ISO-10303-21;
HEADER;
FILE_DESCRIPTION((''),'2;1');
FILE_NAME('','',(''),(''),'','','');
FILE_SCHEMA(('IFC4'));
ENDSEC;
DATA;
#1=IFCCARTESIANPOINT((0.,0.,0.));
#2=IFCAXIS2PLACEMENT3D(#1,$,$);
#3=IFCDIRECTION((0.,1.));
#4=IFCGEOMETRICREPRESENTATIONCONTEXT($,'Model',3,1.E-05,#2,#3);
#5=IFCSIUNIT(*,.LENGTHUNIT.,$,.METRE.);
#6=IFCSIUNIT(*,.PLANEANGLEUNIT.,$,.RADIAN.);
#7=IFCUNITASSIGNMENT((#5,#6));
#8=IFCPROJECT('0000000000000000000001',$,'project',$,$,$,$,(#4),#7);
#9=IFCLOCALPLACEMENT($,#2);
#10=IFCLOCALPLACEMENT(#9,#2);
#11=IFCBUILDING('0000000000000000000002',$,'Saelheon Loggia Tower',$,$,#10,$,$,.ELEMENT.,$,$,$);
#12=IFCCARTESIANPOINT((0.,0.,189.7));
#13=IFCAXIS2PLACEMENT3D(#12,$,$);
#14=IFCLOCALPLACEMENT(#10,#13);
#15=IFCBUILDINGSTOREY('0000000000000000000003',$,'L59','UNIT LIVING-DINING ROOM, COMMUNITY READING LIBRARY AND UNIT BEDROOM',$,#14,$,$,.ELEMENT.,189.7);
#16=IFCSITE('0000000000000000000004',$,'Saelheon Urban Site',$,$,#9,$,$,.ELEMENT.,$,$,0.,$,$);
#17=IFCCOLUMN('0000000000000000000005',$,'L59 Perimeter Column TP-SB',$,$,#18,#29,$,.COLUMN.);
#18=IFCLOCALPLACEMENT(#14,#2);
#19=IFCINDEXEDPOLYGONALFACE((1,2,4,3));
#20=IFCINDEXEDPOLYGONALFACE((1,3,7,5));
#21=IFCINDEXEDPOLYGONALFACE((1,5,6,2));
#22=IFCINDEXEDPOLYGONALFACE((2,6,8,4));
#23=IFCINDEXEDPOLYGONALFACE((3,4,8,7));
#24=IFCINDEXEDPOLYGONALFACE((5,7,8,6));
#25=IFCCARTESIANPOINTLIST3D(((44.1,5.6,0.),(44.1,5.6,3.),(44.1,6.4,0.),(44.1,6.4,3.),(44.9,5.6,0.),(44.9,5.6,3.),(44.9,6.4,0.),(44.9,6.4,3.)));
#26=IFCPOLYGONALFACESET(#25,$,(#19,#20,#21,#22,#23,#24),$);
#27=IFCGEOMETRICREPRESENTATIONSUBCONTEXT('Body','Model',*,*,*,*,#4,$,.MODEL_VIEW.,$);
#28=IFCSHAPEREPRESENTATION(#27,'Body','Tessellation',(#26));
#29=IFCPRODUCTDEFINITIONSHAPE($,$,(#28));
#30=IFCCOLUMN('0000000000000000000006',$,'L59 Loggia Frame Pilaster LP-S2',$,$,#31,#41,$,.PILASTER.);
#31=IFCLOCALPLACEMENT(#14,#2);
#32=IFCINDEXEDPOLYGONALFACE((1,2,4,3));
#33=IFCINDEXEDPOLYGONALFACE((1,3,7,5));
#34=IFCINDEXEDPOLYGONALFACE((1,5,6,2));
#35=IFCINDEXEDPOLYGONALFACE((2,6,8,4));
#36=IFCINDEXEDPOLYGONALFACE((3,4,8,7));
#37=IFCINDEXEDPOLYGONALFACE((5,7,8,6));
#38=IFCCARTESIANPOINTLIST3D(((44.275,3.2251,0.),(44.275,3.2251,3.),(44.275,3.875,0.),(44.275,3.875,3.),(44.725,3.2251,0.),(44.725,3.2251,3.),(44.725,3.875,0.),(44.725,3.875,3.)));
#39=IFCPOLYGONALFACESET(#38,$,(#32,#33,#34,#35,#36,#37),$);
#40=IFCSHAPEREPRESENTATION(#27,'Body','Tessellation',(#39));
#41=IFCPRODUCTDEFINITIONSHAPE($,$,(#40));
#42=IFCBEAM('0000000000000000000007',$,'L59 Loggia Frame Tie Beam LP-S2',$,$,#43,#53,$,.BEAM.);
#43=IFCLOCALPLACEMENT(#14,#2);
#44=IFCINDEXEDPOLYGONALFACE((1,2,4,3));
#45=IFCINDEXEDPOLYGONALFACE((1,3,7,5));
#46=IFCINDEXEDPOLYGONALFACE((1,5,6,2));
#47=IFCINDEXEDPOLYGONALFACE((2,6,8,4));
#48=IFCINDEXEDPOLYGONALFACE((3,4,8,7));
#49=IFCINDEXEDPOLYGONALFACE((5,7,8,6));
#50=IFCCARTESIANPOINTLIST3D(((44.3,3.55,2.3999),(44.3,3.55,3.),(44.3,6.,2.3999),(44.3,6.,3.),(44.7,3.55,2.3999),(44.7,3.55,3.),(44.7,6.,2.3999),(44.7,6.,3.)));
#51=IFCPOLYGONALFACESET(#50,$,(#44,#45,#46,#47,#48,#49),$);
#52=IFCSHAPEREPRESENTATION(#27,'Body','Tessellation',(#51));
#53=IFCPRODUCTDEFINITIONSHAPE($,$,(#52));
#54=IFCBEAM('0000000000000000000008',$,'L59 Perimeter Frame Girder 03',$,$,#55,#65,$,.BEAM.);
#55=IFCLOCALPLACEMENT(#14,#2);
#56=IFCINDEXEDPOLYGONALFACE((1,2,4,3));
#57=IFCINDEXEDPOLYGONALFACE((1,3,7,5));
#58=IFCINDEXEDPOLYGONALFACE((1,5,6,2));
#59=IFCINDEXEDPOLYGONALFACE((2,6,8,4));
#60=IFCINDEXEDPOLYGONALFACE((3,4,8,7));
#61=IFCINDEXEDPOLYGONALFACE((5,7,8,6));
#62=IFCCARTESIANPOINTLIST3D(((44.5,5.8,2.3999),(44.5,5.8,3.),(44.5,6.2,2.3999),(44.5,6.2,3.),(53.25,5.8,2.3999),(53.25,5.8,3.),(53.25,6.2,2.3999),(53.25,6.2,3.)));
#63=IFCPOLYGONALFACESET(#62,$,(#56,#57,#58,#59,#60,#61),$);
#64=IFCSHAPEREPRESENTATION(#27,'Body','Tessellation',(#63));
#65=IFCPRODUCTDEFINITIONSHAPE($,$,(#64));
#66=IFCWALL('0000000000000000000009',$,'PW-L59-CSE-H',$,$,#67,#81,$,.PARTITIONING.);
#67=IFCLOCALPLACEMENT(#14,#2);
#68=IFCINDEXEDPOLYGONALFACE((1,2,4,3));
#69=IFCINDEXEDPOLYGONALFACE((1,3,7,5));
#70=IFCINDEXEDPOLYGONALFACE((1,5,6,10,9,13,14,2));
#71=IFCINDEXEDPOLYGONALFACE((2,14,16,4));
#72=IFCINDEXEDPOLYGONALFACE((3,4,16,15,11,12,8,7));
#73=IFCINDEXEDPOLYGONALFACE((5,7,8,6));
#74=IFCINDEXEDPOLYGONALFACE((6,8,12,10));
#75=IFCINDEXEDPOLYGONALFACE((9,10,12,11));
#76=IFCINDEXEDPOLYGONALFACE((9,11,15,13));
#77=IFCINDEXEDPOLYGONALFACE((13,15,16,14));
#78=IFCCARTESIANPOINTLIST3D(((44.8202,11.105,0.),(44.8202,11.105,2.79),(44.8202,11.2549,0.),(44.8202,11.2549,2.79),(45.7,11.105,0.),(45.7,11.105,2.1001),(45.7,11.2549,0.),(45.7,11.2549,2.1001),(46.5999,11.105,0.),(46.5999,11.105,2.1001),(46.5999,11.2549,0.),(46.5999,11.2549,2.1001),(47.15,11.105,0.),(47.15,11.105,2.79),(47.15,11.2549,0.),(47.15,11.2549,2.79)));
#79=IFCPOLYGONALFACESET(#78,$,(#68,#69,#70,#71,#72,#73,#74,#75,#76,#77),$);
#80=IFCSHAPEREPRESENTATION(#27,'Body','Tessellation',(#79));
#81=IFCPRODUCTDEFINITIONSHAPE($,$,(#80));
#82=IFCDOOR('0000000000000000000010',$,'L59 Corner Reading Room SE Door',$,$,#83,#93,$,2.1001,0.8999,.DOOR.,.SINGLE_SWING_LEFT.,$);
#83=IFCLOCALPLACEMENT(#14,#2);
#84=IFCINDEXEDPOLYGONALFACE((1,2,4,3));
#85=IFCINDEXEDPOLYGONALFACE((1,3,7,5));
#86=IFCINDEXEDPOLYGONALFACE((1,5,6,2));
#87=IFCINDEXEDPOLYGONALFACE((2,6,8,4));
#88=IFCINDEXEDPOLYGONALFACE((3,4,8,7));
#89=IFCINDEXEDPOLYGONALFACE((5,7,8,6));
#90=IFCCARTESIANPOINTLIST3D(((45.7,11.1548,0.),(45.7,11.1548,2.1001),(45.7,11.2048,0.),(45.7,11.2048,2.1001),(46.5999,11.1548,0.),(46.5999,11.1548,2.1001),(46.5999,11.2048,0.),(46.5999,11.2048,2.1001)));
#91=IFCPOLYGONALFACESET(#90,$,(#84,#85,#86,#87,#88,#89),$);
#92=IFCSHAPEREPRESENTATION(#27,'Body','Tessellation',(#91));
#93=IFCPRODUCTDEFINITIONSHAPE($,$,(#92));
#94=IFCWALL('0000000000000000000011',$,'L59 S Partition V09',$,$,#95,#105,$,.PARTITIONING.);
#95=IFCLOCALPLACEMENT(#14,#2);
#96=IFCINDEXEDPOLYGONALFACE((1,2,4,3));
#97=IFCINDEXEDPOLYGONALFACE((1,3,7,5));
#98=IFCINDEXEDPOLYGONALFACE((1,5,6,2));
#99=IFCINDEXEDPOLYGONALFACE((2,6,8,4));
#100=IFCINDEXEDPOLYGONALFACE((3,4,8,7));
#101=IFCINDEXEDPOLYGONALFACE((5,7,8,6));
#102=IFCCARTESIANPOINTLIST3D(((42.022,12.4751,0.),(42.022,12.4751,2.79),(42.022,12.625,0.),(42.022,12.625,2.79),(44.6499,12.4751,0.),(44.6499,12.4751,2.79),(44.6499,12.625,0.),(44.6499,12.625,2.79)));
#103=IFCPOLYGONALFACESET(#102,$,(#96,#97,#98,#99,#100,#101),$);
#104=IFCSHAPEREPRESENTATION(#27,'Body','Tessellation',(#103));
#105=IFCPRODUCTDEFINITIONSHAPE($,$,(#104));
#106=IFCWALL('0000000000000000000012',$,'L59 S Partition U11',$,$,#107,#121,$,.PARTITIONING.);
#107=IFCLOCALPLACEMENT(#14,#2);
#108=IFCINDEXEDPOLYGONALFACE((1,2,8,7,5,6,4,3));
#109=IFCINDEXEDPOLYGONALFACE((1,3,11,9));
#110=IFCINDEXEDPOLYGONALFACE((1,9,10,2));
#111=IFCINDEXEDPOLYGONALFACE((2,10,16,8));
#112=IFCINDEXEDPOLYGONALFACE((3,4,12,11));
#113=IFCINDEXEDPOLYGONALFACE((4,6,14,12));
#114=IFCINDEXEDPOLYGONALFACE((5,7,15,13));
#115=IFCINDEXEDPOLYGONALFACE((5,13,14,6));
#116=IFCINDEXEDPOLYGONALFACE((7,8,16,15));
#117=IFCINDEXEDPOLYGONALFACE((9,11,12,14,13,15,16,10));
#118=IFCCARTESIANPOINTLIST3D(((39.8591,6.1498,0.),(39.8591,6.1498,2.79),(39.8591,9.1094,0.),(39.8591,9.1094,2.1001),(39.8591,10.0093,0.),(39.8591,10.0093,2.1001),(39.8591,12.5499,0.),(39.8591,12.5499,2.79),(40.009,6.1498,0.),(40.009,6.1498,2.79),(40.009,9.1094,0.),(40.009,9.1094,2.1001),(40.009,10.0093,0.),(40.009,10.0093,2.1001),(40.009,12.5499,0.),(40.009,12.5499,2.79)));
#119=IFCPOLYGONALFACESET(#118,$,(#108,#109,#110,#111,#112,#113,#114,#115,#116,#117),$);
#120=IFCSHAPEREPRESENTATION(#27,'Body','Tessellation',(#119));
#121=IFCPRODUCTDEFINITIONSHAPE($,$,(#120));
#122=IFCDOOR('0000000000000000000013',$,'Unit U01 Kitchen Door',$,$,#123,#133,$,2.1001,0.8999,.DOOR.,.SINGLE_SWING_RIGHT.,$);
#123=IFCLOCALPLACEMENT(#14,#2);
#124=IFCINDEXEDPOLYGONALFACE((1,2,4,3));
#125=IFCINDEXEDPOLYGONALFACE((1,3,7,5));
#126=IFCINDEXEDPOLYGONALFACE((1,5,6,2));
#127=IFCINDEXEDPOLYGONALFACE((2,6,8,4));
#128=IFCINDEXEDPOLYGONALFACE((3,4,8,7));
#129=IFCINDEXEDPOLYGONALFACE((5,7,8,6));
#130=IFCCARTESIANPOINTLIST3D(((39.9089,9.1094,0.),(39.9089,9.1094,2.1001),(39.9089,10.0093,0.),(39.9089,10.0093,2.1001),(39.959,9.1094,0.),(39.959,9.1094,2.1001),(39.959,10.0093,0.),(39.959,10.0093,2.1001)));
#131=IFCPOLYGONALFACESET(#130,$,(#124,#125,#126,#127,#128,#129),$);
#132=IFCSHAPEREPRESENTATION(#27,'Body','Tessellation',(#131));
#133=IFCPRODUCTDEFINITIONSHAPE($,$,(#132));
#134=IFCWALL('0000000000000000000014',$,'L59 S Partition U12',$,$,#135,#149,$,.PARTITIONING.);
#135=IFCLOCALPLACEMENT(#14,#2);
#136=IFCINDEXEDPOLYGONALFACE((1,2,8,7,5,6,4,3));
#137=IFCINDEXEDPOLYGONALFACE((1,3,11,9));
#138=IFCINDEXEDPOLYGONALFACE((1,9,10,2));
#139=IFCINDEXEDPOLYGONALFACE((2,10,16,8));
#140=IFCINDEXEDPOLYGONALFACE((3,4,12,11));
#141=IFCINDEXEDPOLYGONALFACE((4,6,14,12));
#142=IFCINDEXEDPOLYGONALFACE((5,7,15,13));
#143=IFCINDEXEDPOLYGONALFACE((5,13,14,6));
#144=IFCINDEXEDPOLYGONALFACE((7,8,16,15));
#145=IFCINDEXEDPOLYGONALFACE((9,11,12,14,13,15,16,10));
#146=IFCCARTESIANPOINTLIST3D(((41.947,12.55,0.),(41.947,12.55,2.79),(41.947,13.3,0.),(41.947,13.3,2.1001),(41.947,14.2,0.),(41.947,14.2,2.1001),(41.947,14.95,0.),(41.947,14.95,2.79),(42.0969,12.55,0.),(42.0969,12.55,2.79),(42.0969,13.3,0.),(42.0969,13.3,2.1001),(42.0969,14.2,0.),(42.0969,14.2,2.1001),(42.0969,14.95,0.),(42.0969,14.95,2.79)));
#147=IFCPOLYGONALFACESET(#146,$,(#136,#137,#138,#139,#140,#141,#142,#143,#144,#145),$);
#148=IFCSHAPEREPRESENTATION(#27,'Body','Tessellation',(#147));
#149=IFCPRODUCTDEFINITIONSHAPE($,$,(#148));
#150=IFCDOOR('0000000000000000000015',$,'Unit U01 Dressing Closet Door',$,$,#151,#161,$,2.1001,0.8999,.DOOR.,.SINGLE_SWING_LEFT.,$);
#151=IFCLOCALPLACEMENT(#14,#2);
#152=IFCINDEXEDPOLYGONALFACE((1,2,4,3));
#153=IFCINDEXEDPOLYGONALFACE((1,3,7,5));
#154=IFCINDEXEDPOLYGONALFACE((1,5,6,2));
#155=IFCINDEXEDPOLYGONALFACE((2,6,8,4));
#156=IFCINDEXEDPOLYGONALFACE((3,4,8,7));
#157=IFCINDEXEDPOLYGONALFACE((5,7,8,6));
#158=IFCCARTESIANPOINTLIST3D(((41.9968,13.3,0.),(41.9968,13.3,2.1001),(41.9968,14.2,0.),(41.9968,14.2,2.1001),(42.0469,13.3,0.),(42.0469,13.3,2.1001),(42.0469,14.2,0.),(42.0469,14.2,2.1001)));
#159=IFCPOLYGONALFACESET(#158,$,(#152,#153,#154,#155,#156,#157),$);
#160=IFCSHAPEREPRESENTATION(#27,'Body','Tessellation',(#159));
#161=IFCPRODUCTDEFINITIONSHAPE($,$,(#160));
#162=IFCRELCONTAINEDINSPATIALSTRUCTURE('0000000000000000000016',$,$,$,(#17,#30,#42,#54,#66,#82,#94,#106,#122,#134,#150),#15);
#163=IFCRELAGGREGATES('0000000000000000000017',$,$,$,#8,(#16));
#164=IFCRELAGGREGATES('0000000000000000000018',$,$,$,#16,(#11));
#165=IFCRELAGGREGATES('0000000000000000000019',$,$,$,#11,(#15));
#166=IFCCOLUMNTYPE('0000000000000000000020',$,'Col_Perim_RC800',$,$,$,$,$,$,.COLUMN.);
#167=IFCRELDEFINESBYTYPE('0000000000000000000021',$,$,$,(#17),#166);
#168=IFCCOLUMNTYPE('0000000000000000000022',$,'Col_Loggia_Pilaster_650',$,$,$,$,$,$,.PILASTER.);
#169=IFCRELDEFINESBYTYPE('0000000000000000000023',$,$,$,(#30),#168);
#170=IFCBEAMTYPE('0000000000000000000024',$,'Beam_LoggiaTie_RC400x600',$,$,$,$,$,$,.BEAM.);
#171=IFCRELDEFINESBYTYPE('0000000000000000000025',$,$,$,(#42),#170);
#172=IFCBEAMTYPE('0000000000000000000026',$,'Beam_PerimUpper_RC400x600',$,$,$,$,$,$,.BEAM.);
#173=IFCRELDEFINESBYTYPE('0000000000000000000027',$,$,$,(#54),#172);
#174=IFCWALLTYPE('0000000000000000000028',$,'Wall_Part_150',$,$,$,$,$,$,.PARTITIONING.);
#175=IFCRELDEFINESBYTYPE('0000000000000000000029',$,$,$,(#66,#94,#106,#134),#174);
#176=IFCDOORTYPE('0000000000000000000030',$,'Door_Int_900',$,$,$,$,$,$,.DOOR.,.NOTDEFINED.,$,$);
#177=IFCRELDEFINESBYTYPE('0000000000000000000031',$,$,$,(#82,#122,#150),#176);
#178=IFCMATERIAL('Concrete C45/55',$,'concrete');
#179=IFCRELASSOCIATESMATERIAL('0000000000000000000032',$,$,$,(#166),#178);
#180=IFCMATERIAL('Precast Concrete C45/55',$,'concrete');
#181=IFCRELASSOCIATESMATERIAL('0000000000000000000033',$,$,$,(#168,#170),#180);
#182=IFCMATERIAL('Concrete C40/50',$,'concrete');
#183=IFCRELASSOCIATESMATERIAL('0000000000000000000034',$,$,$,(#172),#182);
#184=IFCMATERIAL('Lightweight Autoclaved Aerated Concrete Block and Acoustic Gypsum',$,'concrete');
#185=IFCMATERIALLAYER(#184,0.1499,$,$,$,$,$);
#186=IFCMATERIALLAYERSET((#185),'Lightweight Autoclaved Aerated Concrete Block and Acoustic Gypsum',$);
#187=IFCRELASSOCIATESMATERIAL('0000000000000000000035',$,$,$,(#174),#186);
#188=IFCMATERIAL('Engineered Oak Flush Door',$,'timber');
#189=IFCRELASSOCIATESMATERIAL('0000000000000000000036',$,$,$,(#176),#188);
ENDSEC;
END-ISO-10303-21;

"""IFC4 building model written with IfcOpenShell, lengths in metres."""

from ifc_helpers import new_model, si_unit, direction, frame, frame_2d, origin, origin_2d, place, context, subcontext, project, spatial, rectangle, extrude, source, transform, mapped, material, layer, layer_set, material_profile, profile_set, type_object, element, fill, save


model = new_model("IFC4")

# Units and contexts
model_context = context("Model", 3, precision=1e-05, world=origin(), true_north=direction((0.0, 1.0)))
body_context = subcontext(model_context, "Body", "Model", "MODEL_VIEW")
ifc_project = project(units=[si_unit("LENGTHUNIT", "METRE"), si_unit("PLANEANGLEUNIT", "RADIAN")], contexts=[model_context])

# Site, building, storey
site_placement = place(None, origin())
site = spatial("IfcSite", under=ifc_project, at=site_placement, Name="Saelheon Urban Site", CompositionType="ELEMENT", RefElevation=0.0)
building_placement = place(site_placement, origin())
building = spatial("IfcBuilding", under=site, at=building_placement, Name="Saelheon Loggia Tower", CompositionType="ELEMENT")
storey_placement = place(building_placement, frame((0.0, 0.0, 189.7)))
storey = spatial("IfcBuildingStorey", under=building, at=storey_placement, Name="L59", Description="UNIT LIVING-DINING ROOM, COMMUNITY READING LIBRARY AND UNIT BEDROOM", CompositionType="ELEMENT", Elevation=189.7)

# Columns
ifc_material_1 = material(Name="Concrete C45/55", Category="concrete")
ifc_material_profile_1 = material_profile(ifc_material_1, rectangle(XDim=0.8, YDim=0.8, at=origin_2d()), Name="RC-800x800")
ifc_profile_set_1 = profile_set([ifc_material_profile_1], Name="Concrete C45/55")
column_type_1 = type_object("IfcColumnType", Name="Col_Perim_RC800", PredefinedType="COLUMN", material=ifc_profile_set_1)
shared_shape_1 = source(origin(), body_context, "Body", "SweptSolid", [
    extrude(rectangle(XDim=0.8, YDim=0.8, at=origin_2d()), origin(), (0.0, 0.0, 1.0), 3.0),
])
column_1_placement = place(storey_placement, frame((44.5, 6.0, 0.0), z_axis=(0.0, 0.0, 1.0), x_axis=(1.0, 0.0, 0.0)))
element("IfcColumn", 1, at=column_1_placement, inside=storey, type_object=column_type_1, Name="L59 Perimeter Column TP-SB", PredefinedType="COLUMN", context=body_context, shape_type="MappedRepresentation", body=[
    mapped(shared_shape_1, transform((0.0, 0.0, 0.0), scale=1.0)),
])
ifc_material_2 = material(Name="Precast Concrete C45/55", Category="concrete")
ifc_material_profile_2 = material_profile(ifc_material_2, rectangle(XDim=0.45, YDim=0.6499, at=origin_2d()), Name="RC-450x650")
ifc_profile_set_2 = profile_set([ifc_material_profile_2], Name="Precast Concrete C45/55")
column_type_2 = type_object("IfcColumnType", Name="Col_Loggia_Pilaster_650", PredefinedType="PILASTER", material=ifc_profile_set_2)
shared_shape_2 = source(origin(), body_context, "Body", "SweptSolid", [
    extrude(rectangle(XDim=0.45, YDim=0.6499, at=origin_2d()), origin(), (0.0, 0.0, 1.0), 3.0),
])
column_2_placement = place(storey_placement, frame((44.5, 3.55, 0.0), z_axis=(0.0, 0.0, 1.0), x_axis=(1.0, 0.0, 0.0)))
element("IfcColumn", 2, at=column_2_placement, inside=storey, type_object=column_type_2, Name="L59 Loggia Frame Pilaster LP-S2", PredefinedType="PILASTER", context=body_context, shape_type="MappedRepresentation", body=[
    mapped(shared_shape_2, transform((0.0, 0.0, 0.0), scale=1.0)),
])

# Beams
ifc_material_profile_3 = material_profile(ifc_material_2, rectangle(XDim=0.3999, YDim=0.6001, at=origin_2d()), Name="RC-400x600")
ifc_profile_set_3 = profile_set([ifc_material_profile_3], Name="Precast Concrete C45/55")
beam_type_1 = type_object("IfcBeamType", Name="Beam_LoggiaTie_RC400x600", PredefinedType="BEAM", material=ifc_profile_set_3)
shared_shape_3 = source(origin(), body_context, "Body", "SweptSolid", [
    extrude(rectangle(XDim=0.3999, YDim=0.6001, at=origin_2d()), origin(), (0.0, 0.0, 1.0), 2.45),
])
beam_1_placement = place(storey_placement, frame((44.5, 6.0, 2.7), z_axis=(0.0, -1.0, 0.0), x_axis=(1.0, 0.0, 0.0)))
element("IfcBeam", 3, at=beam_1_placement, inside=storey, type_object=beam_type_1, Name="L59 Loggia Frame Tie Beam LP-S2", PredefinedType="BEAM", context=body_context, shape_type="MappedRepresentation", body=[
    mapped(shared_shape_3, transform((0.0, 0.0, 0.0), scale=1.0)),
])
ifc_material_3 = material(Name="Concrete C40/50", Category="concrete")
ifc_material_profile_4 = material_profile(ifc_material_3, rectangle(XDim=0.3999, YDim=0.6001, at=origin_2d()), Name="RC-400x600")
ifc_profile_set_4 = profile_set([ifc_material_profile_4], Name="Concrete C40/50")
beam_type_2 = type_object("IfcBeamType", Name="Beam_PerimUpper_RC400x600", PredefinedType="BEAM", material=ifc_profile_set_4)
shared_shape_4 = source(origin(), body_context, "Body", "SweptSolid", [
    extrude(rectangle(XDim=0.3999, YDim=0.6001, at=origin_2d()), origin(), (0.0, 0.0, 1.0), 8.75),
])
beam_2_placement = place(storey_placement, frame((44.5, 6.0, 2.7), z_axis=(1.0, 0.0, 0.0), x_axis=(0.0, 1.0, 0.0)))
element("IfcBeam", 4, at=beam_2_placement, inside=storey, type_object=beam_type_2, Name="L59 Perimeter Frame Girder 03", PredefinedType="BEAM", context=body_context, shape_type="MappedRepresentation", body=[
    mapped(shared_shape_4, transform((0.0, 0.0, 0.0), scale=1.0)),
])

# Wall, opening, door
ifc_material_4 = material(Name="Lightweight Autoclaved Aerated Concrete Block and Acoustic Gypsum", Category="concrete")
ifc_layer_1 = layer(ifc_material_4, 0.1499)
ifc_layer_set_1 = layer_set([ifc_layer_1], Name="Lightweight Autoclaved Aerated Concrete Block and Acoustic Gypsum")
wall_type_1 = type_object("IfcWallType", Name="Wall_Part_150", PredefinedType="PARTITIONING", material=ifc_layer_set_1)
wall_1_placement = place(storey_placement, frame((44.8201, 11.1799, 0.0), z_axis=(0.0, 0.0, 1.0), x_axis=(1.0, 0.0, 0.0)))
wall_1 = element("IfcWall", 5, at=wall_1_placement, inside=storey, type_object=wall_type_1, Name="PW-L59-CSE-H", PredefinedType="PARTITIONING", context=body_context, shape_type="SweptSolid", body=[
    extrude(rectangle(XDim=2.3298, YDim=0.1499, at=frame_2d((1.165, 0.0))), origin(), (0.0, 0.0, 1.0), 2.79),
])
opening_1_placement = place(wall_1_placement, frame((0.8799, 0.0, 0.0)))
opening_1 = element("IfcOpeningElement", 6, at=opening_1_placement, cuts=wall_1, PredefinedType="OPENING", context=body_context, shape_type="SweptSolid", body=[
    extrude(rectangle(XDim=0.8999, YDim=2.1001, at=frame_2d((0.45, 1.05))), frame((0.0, 0.0869, 0.0), z_axis=(0.0, -1.0, 0.0), x_axis=(1.0, 0.0, 0.0)), (0.0, 0.0, 1.0), 0.1738),
])
ifc_material_5 = material(Name="Engineered Oak Flush Door", Category="timber")
door_type_1 = type_object("IfcDoorType", Name="Door_Int_900", OperationType="NOTDEFINED", PredefinedType="DOOR", material=ifc_material_5)
shared_shape_5 = source(origin(), body_context, "Body", "SweptSolid", [
    extrude(rectangle(XDim=0.8999, YDim=2.1001, at=frame_2d((0.45, 1.05))), frame((0.0, 0.0249, 0.0), z_axis=(0.0, -1.0, 0.0), x_axis=(1.0, 0.0, 0.0)), (0.0, 0.0, 1.0), 0.05),
])
door_1_placement = place(opening_1_placement, origin())
door_1 = element("IfcDoor", 7, at=door_1_placement, inside=storey, type_object=door_type_1, Name="L59 Corner Reading Room SE Door", OperationType="SINGLE_SWING_LEFT", OverallHeight=2.1001, OverallWidth=0.8999, PredefinedType="DOOR", context=body_context, shape_type="MappedRepresentation", body=[
    mapped(shared_shape_5, transform((0.0, 0.0, 0.0), scale=1.0)),
])
fill(opening_1, door_1)

# Wall
wall_2_placement = place(storey_placement, frame((42.022, 12.55, 0.0), z_axis=(0.0, 0.0, 1.0), x_axis=(1.0, 0.0, 0.0)))
element("IfcWall", 8, at=wall_2_placement, inside=storey, type_object=wall_type_1, Name="L59 S Partition V09", PredefinedType="PARTITIONING", context=body_context, shape_type="SweptSolid", body=[
    extrude(rectangle(XDim=2.6279, YDim=0.1499, at=frame_2d((1.314, 0.0))), origin(), (0.0, 0.0, 1.0), 2.79),
])

# Walls, openings, doors
wall_3_placement = place(storey_placement, frame((39.9341, 12.55, 0.0), z_axis=(0.0, 0.0, 1.0), x_axis=(0.0, -1.0, 0.0)))
wall_3 = element("IfcWall", 9, at=wall_3_placement, inside=storey, type_object=wall_type_1, Name="L59 S Partition U11", PredefinedType="PARTITIONING", context=body_context, shape_type="SweptSolid", body=[
    extrude(rectangle(XDim=6.4001, YDim=0.1499, at=frame_2d((3.2002, 0.0))), origin(), (0.0, 0.0, 1.0), 2.79),
])
opening_2_placement = place(wall_3_placement, frame((2.5408, 0.0, 0.0)))
opening_2 = element("IfcOpeningElement", 10, at=opening_2_placement, cuts=wall_3, PredefinedType="OPENING", context=body_context, shape_type="SweptSolid", body=[
    extrude(rectangle(XDim=0.8999, YDim=2.1001, at=frame_2d((0.45, 1.05))), frame((0.0, 0.0869, 0.0), z_axis=(0.0, -1.0, 0.0), x_axis=(1.0, 0.0, 0.0)), (0.0, 0.0, 1.0), 0.1738),
])
door_2_placement = place(opening_2_placement, origin())
door_2 = element("IfcDoor", 11, at=door_2_placement, inside=storey, type_object=door_type_1, Name="Unit U01 Kitchen Door", OperationType="SINGLE_SWING_RIGHT", OverallHeight=2.1001, OverallWidth=0.8999, PredefinedType="DOOR", context=body_context, shape_type="MappedRepresentation", body=[
    mapped(shared_shape_5, transform((0.0, 0.0, 0.0), scale=1.0)),
])
fill(opening_2, door_2)
wall_4_placement = place(storey_placement, frame((42.022, 14.95, 0.0), z_axis=(0.0, 0.0, 1.0), x_axis=(0.0, -1.0, 0.0)))
wall_4 = element("IfcWall", 12, at=wall_4_placement, inside=storey, type_object=wall_type_1, Name="L59 S Partition U12", PredefinedType="PARTITIONING", context=body_context, shape_type="SweptSolid", body=[
    extrude(rectangle(XDim=2.3999, YDim=0.1499, at=frame_2d((1.2, 0.0))), origin(), (0.0, 0.0, 1.0), 2.79),
])
opening_3_placement = place(wall_4_placement, frame((0.75, 0.0, 0.0)))
opening_3 = element("IfcOpeningElement", 13, at=opening_3_placement, cuts=wall_4, PredefinedType="OPENING", context=body_context, shape_type="SweptSolid", body=[
    extrude(rectangle(XDim=0.8999, YDim=2.1001, at=frame_2d((0.45, 1.05))), frame((0.0, 0.0869, 0.0), z_axis=(0.0, -1.0, 0.0), x_axis=(1.0, 0.0, 0.0)), (0.0, 0.0, 1.0), 0.1738),
])
door_3_placement = place(opening_3_placement, origin())
door_3 = element("IfcDoor", 14, at=door_3_placement, inside=storey, type_object=door_type_1, Name="Unit U01 Dressing Closet Door", OperationType="SINGLE_SWING_LEFT", OverallHeight=2.1001, OverallWidth=0.8999, PredefinedType="DOOR", context=body_context, shape_type="MappedRepresentation", body=[
    mapped(shared_shape_5, transform((0.0, 0.0, 0.0), scale=1.0)),
])
fill(opening_3, door_3)

save(model, "model.ifc")
